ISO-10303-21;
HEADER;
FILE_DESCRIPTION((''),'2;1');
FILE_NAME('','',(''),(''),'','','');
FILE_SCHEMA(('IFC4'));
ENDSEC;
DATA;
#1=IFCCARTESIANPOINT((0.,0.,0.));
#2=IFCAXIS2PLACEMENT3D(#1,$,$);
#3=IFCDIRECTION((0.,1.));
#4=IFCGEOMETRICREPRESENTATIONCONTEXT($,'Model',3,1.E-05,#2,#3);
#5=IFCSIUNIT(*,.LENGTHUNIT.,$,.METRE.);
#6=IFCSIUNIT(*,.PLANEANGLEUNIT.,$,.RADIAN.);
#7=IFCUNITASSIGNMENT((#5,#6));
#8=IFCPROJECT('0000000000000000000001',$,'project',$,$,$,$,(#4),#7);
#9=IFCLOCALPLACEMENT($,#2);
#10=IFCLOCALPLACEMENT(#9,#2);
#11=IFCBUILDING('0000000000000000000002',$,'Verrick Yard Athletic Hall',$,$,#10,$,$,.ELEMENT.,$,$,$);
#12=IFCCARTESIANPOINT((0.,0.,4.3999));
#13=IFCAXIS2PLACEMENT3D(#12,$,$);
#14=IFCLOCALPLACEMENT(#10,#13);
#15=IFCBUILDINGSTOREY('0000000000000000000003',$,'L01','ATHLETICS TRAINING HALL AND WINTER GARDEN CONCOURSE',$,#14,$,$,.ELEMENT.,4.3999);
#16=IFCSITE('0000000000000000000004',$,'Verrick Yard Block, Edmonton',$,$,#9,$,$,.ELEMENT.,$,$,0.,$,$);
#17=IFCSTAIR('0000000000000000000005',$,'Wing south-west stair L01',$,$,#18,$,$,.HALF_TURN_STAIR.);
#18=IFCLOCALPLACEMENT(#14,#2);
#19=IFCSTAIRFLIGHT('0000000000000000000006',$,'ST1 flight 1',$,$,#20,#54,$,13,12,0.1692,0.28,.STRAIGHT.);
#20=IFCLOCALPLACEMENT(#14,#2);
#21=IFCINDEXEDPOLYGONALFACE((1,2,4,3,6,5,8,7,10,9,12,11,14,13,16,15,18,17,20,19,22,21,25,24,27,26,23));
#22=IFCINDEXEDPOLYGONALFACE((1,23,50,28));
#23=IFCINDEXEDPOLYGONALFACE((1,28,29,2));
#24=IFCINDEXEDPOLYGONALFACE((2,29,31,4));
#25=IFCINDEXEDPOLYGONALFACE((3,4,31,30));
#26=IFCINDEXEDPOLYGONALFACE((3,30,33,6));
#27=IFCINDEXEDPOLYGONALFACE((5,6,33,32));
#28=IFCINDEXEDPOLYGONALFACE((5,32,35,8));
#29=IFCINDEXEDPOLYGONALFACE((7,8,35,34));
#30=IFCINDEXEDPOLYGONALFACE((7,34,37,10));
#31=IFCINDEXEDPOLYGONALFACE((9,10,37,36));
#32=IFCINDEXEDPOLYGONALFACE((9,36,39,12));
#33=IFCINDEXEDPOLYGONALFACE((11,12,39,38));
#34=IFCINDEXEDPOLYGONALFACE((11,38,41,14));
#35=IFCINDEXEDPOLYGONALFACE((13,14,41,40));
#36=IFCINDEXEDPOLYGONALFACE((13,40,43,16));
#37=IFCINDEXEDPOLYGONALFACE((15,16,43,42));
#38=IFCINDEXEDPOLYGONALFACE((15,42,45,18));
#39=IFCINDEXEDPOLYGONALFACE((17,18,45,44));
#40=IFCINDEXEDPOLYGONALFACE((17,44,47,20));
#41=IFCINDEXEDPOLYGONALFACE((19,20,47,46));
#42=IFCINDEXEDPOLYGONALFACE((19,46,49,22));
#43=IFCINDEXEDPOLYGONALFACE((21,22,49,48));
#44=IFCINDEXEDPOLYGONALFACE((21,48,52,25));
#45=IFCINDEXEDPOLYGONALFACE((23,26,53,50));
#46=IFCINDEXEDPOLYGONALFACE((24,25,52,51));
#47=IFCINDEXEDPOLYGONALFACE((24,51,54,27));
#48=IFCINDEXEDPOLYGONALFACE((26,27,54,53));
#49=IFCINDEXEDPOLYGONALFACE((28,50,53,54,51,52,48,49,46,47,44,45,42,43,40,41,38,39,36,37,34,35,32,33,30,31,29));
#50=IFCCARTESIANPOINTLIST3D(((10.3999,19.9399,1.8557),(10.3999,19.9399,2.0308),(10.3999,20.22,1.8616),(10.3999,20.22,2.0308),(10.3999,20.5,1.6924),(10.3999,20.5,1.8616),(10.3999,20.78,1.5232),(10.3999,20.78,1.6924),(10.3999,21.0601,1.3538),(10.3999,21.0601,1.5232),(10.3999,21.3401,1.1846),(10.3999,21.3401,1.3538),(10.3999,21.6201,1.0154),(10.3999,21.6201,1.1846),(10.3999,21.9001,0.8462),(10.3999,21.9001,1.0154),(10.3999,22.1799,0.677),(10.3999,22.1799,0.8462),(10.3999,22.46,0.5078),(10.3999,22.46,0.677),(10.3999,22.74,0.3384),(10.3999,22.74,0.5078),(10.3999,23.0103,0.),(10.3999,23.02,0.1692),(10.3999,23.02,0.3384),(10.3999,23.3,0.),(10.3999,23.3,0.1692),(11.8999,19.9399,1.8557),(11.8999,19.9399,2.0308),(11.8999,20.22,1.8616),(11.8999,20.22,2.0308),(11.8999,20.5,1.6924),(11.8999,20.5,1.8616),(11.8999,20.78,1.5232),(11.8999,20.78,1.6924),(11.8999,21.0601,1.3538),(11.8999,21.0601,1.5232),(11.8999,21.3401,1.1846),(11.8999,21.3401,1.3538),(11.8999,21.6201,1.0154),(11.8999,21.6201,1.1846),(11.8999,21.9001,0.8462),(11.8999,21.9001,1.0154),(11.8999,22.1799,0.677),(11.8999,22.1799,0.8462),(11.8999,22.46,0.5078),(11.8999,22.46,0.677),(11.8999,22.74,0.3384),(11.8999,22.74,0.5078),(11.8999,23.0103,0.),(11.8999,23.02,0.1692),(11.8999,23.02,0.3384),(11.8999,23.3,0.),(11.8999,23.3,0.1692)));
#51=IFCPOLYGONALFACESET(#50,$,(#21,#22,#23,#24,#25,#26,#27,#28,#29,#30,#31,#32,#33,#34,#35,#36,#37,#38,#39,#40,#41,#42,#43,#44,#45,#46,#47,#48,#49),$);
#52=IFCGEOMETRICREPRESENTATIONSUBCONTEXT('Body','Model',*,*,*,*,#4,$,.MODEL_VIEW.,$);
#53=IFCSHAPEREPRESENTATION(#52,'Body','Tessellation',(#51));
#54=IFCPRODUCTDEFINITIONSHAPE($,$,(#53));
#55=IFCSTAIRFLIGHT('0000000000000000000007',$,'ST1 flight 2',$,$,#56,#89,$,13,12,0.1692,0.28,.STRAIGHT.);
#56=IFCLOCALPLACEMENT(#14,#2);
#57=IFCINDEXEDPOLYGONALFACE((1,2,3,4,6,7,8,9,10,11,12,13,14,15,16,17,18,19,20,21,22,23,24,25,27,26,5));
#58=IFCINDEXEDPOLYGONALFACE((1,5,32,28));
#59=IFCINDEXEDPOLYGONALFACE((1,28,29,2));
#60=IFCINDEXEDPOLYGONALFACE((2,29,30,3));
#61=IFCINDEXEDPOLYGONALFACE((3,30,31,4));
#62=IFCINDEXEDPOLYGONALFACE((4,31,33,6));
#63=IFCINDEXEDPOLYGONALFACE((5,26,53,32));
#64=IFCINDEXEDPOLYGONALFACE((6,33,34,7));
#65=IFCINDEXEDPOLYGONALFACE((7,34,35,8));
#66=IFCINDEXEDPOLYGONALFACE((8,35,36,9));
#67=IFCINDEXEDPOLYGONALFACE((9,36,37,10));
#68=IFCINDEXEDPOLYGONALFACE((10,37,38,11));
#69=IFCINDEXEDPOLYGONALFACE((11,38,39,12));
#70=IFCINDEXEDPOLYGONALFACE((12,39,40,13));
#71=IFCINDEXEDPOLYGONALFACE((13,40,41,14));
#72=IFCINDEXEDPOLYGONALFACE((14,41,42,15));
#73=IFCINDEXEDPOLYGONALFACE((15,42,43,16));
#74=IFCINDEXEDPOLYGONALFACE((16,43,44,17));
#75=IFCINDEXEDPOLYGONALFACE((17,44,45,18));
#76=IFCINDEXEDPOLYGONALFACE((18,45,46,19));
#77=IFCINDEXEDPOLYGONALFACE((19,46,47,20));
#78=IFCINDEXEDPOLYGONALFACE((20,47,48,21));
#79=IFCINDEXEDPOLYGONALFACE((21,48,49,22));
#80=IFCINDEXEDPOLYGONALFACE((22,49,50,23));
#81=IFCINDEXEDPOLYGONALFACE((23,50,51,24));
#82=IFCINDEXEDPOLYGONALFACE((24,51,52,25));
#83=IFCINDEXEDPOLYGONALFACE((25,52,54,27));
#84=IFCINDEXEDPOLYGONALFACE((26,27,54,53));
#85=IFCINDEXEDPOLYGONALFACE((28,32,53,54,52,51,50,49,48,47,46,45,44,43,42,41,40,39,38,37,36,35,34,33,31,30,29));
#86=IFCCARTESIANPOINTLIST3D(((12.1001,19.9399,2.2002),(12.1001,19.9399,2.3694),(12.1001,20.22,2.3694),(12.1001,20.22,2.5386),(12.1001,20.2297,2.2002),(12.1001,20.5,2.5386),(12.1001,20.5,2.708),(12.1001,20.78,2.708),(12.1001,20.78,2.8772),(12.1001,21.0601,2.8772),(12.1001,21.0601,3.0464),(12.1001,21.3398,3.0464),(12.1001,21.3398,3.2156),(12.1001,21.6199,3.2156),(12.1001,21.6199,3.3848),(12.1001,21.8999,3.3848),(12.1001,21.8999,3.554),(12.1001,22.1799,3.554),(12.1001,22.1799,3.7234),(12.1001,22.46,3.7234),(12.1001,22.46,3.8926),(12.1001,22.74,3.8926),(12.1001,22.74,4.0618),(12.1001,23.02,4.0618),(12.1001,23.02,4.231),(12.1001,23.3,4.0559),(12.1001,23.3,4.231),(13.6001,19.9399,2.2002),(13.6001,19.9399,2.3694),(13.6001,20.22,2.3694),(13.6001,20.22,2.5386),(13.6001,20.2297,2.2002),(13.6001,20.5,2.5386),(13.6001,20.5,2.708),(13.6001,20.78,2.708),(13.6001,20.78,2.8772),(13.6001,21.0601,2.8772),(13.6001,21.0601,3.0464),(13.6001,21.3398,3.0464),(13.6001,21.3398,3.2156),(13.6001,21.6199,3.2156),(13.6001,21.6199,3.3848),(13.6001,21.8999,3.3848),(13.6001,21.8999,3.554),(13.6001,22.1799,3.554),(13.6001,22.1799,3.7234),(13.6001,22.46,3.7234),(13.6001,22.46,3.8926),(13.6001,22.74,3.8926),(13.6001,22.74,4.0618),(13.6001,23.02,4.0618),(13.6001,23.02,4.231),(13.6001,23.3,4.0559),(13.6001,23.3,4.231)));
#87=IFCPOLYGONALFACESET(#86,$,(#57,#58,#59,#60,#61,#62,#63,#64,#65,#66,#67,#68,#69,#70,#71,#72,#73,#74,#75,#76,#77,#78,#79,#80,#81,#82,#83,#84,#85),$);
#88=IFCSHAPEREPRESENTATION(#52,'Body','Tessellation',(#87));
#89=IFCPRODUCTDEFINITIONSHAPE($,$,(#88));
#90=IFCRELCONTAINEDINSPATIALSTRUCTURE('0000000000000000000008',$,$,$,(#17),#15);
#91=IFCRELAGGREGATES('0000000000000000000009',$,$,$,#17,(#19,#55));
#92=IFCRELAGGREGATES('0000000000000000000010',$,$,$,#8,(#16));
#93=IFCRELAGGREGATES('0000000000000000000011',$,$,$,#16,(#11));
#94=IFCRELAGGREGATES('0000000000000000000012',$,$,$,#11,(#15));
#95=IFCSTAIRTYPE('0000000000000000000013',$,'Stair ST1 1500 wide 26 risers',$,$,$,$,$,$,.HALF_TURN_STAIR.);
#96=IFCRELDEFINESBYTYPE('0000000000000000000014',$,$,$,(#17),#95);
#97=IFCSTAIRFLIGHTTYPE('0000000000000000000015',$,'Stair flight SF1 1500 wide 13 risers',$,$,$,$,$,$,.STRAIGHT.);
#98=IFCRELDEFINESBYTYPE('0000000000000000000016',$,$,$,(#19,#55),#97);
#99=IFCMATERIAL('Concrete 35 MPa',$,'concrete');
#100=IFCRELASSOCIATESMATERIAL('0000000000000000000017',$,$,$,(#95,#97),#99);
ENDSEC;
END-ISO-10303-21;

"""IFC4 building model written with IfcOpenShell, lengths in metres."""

from ifc_helpers import new_model, si_unit, direction, frame, origin, place, context, subcontext, project, spatial, polyline, outline, extrude, material, type_object, element, aggregate, save


model = new_model("IFC4")

# Units and contexts
model_context = context("Model", 3, precision=1e-05, world=origin(), true_north=direction((0.0, 1.0)))
body_context = subcontext(model_context, "Body", "Model", "MODEL_VIEW")
ifc_project = project(units=[si_unit("LENGTHUNIT", "METRE"), si_unit("PLANEANGLEUNIT", "RADIAN")], contexts=[model_context])

# Site, building, storey
site_placement = place(None, origin())
site = spatial("IfcSite", under=ifc_project, at=site_placement, Name="Verrick Yard Block, Edmonton", CompositionType="ELEMENT", RefElevation=0.0)
building_placement = place(site_placement, origin())
building = spatial("IfcBuilding", under=site, at=building_placement, Name="Verrick Yard Athletic Hall", CompositionType="ELEMENT")
storey_placement = place(building_placement, frame((0.0, 0.0, 4.3999)))
storey = spatial("IfcBuildingStorey", under=building, at=storey_placement, Name="L01", Description="ATHLETICS TRAINING HALL AND WINTER GARDEN CONCOURSE", CompositionType="ELEMENT", Elevation=4.3999)

# Shared definitions
ifc_material_1 = material(Name="Concrete 35 MPa", Category="concrete")

# Stair, stair flights
stair_type = type_object("IfcStairType", Name="Stair ST1 1500 wide 26 risers", PredefinedType="HALF_TURN_STAIR", material=ifc_material_1)
stair_placement = place(storey_placement, origin())
stair = element("IfcStair", 1, at=stair_placement, inside=storey, type_object=stair_type, Name="Wing south-west stair L01", PredefinedType="HALF_TURN_STAIR")
stair_flight_type = type_object("IfcStairFlightType", Name="Stair flight SF1 1500 wide 13 risers", PredefinedType="STRAIGHT", material=ifc_material_1)
stair_flight_1_placement = place(storey_placement, frame((11.1499, 23.3, 0.0), z_axis=(0.0, 0.0, 1.0), x_axis=(0.0, -1.0, 0.0)))
stair_flight_1 = element("IfcStairFlight", 2, at=stair_flight_1_placement, type_object=stair_flight_type, Name="ST1 flight 1", NumberOfRisers=13, NumberOfTreads=12, PredefinedType="STRAIGHT", RiserHeight=0.1692, TreadLength=0.28, context=body_context, shape_type="SweptSolid", body=[
    extrude(outline(polyline([(0.0, 0.0), (0.0, 0.1692), (0.28, 0.1692), (0.28, 0.3384), (0.5601, 0.3384), (0.5601, 0.5078), (0.8401, 0.5078), (0.8401, 0.677), (1.1201, 0.677), (1.1201, 0.8462), (1.3999, 0.8462), (1.3999, 1.0154), (1.6799, 1.0154), (1.6799, 1.1846), (1.96, 1.1846), (1.96, 1.3538), (2.24, 1.3538), (2.24, 1.5232), (2.52, 1.5232), (2.52, 1.6924), (2.8, 1.6924), (2.8, 1.8616), (3.0801, 1.8616), (3.0801, 2.0308), (3.3601, 2.0308), (3.3601, 2.2), (3.3601, 1.8557), (0.2898, 0.0), (0.0, 0.0)])), frame((0.0, 0.75, 0.0), z_axis=(0.0, -1.0, 0.0), x_axis=(1.0, 0.0, 0.0)), (0.0, 0.0, 1.0), 1.5),
])
stair_flight_2_placement = place(storey_placement, frame((12.8501, 19.9399, 2.2002), z_axis=(0.0, 0.0, 1.0), x_axis=(0.0, 1.0, 0.0)))
stair_flight_2 = element("IfcStairFlight", 3, at=stair_flight_2_placement, type_object=stair_flight_type, Name="ST1 flight 2", NumberOfRisers=13, NumberOfTreads=12, PredefinedType="STRAIGHT", RiserHeight=0.1692, TreadLength=0.28, context=body_context, shape_type="SweptSolid", body=[
    extrude(outline(polyline([(0.0, 0.0), (0.0, 0.1692), (0.28, 0.1692), (0.28, 0.3384), (0.5601, 0.3384), (0.5601, 0.5078), (0.8401, 0.5078), (0.8401, 0.677), (1.1201, 0.677), (1.1201, 0.8462), (1.3999, 0.8462), (1.3999, 1.0154), (1.6799, 1.0154), (1.6799, 1.1846), (1.96, 1.1846), (1.96, 1.3538), (2.24, 1.3538), (2.24, 1.5232), (2.52, 1.5232), (2.52, 1.6924), (2.8, 1.6924), (2.8, 1.8616), (3.0801, 1.8616), (3.0801, 2.0308), (3.3601, 2.0308), (3.3601, 2.2), (3.3601, 1.8557), (0.2898, 0.0), (0.0, 0.0)])), frame((0.0, 0.75, 0.0), z_axis=(0.0, -1.0, 0.0), x_axis=(1.0, 0.0, 0.0)), (0.0, 0.0, 1.0), 1.5),
])
aggregate(stair, [stair_flight_1, stair_flight_2])

save(model, "model.ifc")
